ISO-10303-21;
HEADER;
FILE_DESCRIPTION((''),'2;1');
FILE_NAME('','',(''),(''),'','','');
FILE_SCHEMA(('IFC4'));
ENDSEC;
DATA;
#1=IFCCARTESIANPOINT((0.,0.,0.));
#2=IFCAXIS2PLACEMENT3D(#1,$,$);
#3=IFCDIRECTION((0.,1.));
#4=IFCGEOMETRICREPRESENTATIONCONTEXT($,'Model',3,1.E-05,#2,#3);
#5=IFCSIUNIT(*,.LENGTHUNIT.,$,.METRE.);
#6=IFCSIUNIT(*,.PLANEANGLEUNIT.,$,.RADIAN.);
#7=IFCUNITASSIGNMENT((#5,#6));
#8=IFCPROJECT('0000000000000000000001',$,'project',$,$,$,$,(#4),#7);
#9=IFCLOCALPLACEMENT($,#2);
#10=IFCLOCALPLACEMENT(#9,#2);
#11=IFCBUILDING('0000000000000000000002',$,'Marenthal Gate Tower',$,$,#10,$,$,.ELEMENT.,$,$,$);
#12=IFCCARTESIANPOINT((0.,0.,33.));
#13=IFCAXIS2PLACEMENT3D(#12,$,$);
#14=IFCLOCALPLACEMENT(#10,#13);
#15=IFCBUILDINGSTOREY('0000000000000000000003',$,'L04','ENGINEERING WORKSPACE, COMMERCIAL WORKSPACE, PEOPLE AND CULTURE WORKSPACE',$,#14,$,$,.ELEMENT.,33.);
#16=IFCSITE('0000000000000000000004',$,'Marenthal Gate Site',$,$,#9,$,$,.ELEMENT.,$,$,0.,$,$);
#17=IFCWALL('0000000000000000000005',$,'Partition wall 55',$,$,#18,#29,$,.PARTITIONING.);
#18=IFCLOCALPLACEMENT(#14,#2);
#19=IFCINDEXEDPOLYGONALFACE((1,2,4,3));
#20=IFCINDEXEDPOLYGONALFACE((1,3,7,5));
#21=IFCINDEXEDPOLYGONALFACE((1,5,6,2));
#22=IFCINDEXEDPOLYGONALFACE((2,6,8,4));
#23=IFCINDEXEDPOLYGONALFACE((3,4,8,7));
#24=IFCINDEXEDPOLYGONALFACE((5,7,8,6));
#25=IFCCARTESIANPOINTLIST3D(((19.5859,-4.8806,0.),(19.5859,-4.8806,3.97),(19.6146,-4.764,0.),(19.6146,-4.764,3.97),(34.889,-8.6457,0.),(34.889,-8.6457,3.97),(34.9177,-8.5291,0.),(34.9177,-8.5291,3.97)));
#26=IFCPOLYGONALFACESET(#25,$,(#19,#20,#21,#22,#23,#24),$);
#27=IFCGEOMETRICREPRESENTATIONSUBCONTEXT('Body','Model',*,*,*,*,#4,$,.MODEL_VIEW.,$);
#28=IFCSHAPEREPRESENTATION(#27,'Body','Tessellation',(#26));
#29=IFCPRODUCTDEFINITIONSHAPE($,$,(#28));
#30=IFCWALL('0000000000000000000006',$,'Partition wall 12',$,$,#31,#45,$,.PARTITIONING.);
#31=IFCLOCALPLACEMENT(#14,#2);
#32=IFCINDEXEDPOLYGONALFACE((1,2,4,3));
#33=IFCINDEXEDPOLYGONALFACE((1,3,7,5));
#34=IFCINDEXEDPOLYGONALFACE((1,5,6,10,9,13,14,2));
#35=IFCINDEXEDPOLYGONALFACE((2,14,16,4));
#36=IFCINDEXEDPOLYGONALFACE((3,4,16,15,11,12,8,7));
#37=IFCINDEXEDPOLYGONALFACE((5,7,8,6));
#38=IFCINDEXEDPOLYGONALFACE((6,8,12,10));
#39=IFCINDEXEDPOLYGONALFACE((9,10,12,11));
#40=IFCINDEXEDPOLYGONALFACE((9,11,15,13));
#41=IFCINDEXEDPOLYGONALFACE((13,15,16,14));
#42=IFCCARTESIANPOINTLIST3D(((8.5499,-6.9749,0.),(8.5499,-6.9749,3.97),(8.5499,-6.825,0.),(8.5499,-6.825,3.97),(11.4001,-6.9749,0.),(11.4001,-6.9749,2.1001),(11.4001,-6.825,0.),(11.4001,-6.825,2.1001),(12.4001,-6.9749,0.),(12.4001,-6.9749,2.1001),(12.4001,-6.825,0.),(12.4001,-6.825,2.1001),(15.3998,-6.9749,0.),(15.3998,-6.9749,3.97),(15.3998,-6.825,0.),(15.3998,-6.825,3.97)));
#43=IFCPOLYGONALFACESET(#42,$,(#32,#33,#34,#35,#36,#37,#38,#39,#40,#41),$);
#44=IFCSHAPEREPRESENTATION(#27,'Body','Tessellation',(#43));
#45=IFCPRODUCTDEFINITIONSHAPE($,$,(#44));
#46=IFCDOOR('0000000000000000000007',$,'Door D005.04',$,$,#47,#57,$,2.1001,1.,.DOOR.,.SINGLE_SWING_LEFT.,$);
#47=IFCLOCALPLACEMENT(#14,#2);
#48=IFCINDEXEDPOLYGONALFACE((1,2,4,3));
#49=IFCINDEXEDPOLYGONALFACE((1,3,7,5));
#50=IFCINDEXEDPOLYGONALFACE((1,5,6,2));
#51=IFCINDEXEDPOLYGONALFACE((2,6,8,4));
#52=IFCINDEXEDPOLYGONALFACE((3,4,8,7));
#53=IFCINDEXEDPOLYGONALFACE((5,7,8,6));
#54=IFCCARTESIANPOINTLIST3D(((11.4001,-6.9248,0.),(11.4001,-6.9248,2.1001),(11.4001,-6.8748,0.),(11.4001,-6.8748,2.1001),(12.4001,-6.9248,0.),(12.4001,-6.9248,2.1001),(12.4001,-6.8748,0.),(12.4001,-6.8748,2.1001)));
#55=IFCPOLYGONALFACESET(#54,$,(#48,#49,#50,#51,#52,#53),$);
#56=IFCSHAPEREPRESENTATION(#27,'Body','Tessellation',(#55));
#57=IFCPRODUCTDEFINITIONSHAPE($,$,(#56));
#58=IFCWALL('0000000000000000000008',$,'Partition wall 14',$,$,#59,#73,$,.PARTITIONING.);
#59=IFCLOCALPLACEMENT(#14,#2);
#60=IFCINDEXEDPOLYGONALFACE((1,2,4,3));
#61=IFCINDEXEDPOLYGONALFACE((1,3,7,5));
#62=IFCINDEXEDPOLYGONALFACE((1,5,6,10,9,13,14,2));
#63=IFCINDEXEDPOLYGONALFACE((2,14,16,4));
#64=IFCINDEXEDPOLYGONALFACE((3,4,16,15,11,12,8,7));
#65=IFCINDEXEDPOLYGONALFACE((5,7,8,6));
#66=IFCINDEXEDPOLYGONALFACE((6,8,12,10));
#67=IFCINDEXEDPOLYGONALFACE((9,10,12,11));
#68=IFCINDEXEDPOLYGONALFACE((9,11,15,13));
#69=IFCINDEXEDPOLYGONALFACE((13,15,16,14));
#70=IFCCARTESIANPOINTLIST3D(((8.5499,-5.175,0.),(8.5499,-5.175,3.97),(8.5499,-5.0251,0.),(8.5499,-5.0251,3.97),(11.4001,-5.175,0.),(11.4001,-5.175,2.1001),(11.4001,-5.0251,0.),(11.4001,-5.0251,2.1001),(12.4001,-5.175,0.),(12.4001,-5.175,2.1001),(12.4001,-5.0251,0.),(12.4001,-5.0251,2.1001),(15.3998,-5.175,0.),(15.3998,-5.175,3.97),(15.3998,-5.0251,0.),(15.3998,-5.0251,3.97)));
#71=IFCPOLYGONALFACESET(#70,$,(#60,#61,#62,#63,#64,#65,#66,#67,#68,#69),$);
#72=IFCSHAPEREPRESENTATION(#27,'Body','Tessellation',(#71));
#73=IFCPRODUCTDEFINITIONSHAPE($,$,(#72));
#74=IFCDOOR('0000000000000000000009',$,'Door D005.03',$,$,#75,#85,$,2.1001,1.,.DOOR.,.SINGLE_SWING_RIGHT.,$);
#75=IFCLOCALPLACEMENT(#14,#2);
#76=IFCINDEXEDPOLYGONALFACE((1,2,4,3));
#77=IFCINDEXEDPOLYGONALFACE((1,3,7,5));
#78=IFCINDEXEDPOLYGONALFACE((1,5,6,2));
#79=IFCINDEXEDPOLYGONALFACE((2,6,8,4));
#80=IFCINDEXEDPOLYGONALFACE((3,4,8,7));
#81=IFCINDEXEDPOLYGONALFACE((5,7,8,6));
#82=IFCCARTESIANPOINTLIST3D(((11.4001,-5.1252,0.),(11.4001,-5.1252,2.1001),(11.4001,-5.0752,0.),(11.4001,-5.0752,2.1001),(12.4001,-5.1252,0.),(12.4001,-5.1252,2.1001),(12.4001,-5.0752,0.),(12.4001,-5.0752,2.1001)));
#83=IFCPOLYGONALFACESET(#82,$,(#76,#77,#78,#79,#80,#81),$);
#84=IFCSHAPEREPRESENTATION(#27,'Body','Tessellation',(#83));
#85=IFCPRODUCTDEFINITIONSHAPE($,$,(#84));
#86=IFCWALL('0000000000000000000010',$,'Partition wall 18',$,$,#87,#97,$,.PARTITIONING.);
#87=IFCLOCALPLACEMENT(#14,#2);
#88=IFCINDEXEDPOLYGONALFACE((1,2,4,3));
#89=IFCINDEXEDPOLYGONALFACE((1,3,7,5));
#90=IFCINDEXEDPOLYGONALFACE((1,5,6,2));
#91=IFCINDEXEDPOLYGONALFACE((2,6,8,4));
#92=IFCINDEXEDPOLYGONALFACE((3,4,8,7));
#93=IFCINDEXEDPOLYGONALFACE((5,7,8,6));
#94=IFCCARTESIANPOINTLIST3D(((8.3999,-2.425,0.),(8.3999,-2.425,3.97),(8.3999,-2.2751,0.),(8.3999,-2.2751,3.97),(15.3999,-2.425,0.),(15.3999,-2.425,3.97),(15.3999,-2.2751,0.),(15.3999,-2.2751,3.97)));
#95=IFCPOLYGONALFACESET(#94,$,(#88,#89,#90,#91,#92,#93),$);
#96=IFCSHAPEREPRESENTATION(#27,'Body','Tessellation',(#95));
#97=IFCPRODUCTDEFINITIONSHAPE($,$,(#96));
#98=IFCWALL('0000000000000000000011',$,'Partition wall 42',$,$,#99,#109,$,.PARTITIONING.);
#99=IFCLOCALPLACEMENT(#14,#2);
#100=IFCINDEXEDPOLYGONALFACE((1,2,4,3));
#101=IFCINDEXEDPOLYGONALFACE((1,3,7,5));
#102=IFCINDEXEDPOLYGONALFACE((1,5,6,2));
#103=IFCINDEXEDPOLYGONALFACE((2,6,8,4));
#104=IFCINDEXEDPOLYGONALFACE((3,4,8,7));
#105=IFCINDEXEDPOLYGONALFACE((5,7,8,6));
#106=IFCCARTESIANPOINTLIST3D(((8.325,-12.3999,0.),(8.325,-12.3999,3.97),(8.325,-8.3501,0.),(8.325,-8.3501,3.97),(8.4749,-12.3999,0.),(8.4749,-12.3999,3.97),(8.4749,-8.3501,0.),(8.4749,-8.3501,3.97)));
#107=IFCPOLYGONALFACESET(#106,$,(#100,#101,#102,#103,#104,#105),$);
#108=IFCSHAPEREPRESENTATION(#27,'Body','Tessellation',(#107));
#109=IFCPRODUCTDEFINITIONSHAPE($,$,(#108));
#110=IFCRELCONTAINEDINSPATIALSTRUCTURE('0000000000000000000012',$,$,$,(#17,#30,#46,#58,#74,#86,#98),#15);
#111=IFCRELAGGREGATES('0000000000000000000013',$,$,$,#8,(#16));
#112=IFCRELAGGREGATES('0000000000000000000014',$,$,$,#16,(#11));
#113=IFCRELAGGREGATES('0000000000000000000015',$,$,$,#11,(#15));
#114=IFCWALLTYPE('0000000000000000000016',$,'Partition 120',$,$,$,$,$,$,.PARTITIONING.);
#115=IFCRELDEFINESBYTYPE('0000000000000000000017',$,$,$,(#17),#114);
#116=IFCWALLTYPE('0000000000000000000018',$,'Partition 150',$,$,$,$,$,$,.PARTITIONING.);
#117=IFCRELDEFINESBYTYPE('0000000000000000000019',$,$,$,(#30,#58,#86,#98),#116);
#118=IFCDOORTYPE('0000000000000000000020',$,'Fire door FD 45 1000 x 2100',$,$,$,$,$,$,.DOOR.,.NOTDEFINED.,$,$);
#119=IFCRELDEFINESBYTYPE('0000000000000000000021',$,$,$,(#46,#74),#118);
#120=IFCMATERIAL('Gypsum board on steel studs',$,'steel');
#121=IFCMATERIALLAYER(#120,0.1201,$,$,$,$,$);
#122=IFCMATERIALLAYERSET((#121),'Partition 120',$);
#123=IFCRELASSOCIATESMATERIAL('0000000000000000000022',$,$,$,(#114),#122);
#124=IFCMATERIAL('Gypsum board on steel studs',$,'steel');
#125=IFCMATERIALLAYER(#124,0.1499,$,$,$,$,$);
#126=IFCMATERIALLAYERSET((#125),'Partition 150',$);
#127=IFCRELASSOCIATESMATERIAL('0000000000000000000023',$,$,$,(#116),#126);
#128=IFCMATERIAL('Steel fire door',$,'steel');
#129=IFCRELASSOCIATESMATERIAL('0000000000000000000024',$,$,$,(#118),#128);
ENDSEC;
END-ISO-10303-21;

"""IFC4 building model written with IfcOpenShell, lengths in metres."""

from ifc_helpers import new_model, si_unit, direction, frame, frame_2d, origin, place, context, subcontext, project, spatial, rectangle, extrude, material, layer, layer_set, type_object, element, fill, save


model = new_model("IFC4")

# Units and contexts
model_context = context("Model", 3, precision=1e-05, world=origin(), true_north=direction((0.0, 1.0)))
body_context = subcontext(model_context, "Body", "Model", "MODEL_VIEW")
ifc_project = project(units=[si_unit("LENGTHUNIT", "METRE"), si_unit("PLANEANGLEUNIT", "RADIAN")], contexts=[model_context])

# Site, building, storey
site_placement = place(None, origin())
site = spatial("IfcSite", under=ifc_project, at=site_placement, Name="Marenthal Gate Site", CompositionType="ELEMENT", RefElevation=0.0)
building_placement = place(site_placement, origin())
building = spatial("IfcBuilding", under=site, at=building_placement, Name="Marenthal Gate Tower", CompositionType="ELEMENT")
storey_placement = place(building_placement, frame((0.0, 0.0, 33.0)))
storey = spatial("IfcBuildingStorey", under=building, at=storey_placement, Name="L04", Description="ENGINEERING WORKSPACE, COMMERCIAL WORKSPACE, PEOPLE AND CULTURE WORKSPACE", CompositionType="ELEMENT", Elevation=33.0)

# Wall
ifc_material_1 = material(Name="Gypsum board on steel studs", Category="steel")
ifc_layer_1 = layer(ifc_material_1, 0.1201)
ifc_layer_set_1 = layer_set([ifc_layer_1], Name="Partition 120")
wall_type_1 = type_object("IfcWallType", Name="Partition 120", PredefinedType="PARTITIONING", material=ifc_layer_set_1)
wall_1_placement = place(storey_placement, frame((19.6001, -4.8223, 0.0), z_axis=(0.0, 0.0, 1.0), x_axis=(0.971042, -0.238911, 0.0)))
element("IfcWall", 1, at=wall_1_placement, inside=storey, type_object=wall_type_1, Name="Partition wall 55", PredefinedType="PARTITIONING", context=body_context, shape_type="SweptSolid", body=[
    extrude(rectangle(XDim=15.7595, YDim=0.1201, at=frame_2d((7.8799, 0.0))), origin(), (0.0, 0.0, 1.0), 3.97),
])

# Walls, openings, doors
ifc_material_2 = material(Name="Gypsum board on steel studs", Category="steel")
ifc_layer_2 = layer(ifc_material_2, 0.1499)
ifc_layer_set_2 = layer_set([ifc_layer_2], Name="Partition 150")
wall_type_2 = type_object("IfcWallType", Name="Partition 150", PredefinedType="PARTITIONING", material=ifc_layer_set_2)
wall_2_placement = place(storey_placement, frame((8.55, -6.8999, 0.0), z_axis=(0.0, 0.0, 1.0), x_axis=(1.0, 0.0, 0.0)))
wall_2 = element("IfcWall", 2, at=wall_2_placement, inside=storey, type_object=wall_type_2, Name="Partition wall 12", PredefinedType="PARTITIONING", context=body_context, shape_type="SweptSolid", body=[
    extrude(rectangle(XDim=6.8499, YDim=0.1499, at=frame_2d((3.4248, 0.0))), origin(), (0.0, 0.0, 1.0), 3.97),
])
opening_1_placement = place(wall_2_placement, frame((2.8501, 0.0, 0.0)))
opening_1 = element("IfcOpeningElement", 3, at=opening_1_placement, cuts=wall_2, PredefinedType="OPENING", context=body_context, shape_type="SweptSolid", body=[
    extrude(rectangle(XDim=1.0, YDim=2.1001, at=frame_2d((0.5, 1.05))), frame((0.0, 0.085, 0.0), z_axis=(0.0, -1.0, 0.0), x_axis=(1.0, 0.0, 0.0)), (0.0, 0.0, 1.0), 0.1699),
])
ifc_material_3 = material(Name="Steel fire door", Category="steel")
door_type_1 = type_object("IfcDoorType", Name="Fire door FD 45 1000 x 2100", OperationType="NOTDEFINED", PredefinedType="DOOR", material=ifc_material_3)
door_1_placement = place(opening_1_placement, frame((1.0, 0.0, 0.0), z_axis=(0.0, 0.0, 1.0), x_axis=(-1.0, 0.0, 0.0)))
door_1 = element("IfcDoor", 4, at=door_1_placement, inside=storey, type_object=door_type_1, Name="Door D005.04", OperationType="SINGLE_SWING_LEFT", OverallHeight=2.1001, OverallWidth=1.0, PredefinedType="DOOR", context=body_context, shape_type="SweptSolid", body=[
    extrude(rectangle(XDim=1.0, YDim=2.1001, at=frame_2d((0.5, 1.05))), frame((0.0, 0.0249, 0.0), z_axis=(0.0, -1.0, 0.0), x_axis=(1.0, 0.0, 0.0)), (0.0, 0.0, 1.0), 0.05),
])
fill(opening_1, door_1)
wall_3_placement = place(storey_placement, frame((8.55, -5.1001, 0.0), z_axis=(0.0, 0.0, 1.0), x_axis=(1.0, 0.0, 0.0)))
wall_3 = element("IfcWall", 5, at=wall_3_placement, inside=storey, type_object=wall_type_2, Name="Partition wall 14", PredefinedType="PARTITIONING", context=body_context, shape_type="SweptSolid", body=[
    extrude(rectangle(XDim=6.8499, YDim=0.1499, at=frame_2d((3.4248, 0.0))), origin(), (0.0, 0.0, 1.0), 3.97),
])
opening_2_placement = place(wall_3_placement, frame((2.8501, 0.0, 0.0)))
opening_2 = element("IfcOpeningElement", 6, at=opening_2_placement, cuts=wall_3, PredefinedType="OPENING", context=body_context, shape_type="SweptSolid", body=[
    extrude(rectangle(XDim=1.0, YDim=2.1001, at=frame_2d((0.5, 1.05))), frame((0.0, 0.085, 0.0), z_axis=(0.0, -1.0, 0.0), x_axis=(1.0, 0.0, 0.0)), (0.0, 0.0, 1.0), 0.1699),
])
door_2_placement = place(opening_2_placement, origin())
door_2 = element("IfcDoor", 7, at=door_2_placement, inside=storey, type_object=door_type_1, Name="Door D005.03", OperationType="SINGLE_SWING_RIGHT", OverallHeight=2.1001, OverallWidth=1.0, PredefinedType="DOOR", context=body_context, shape_type="SweptSolid", body=[
    extrude(rectangle(XDim=1.0, YDim=2.1001, at=frame_2d((0.5, 1.05))), frame((0.0, 0.0249, 0.0), z_axis=(0.0, -1.0, 0.0), x_axis=(1.0, 0.0, 0.0)), (0.0, 0.0, 1.0), 0.05),
])
fill(opening_2, door_2)

# Walls
wall_4_placement = place(storey_placement, frame((8.3999, -2.3501, 0.0), z_axis=(0.0, 0.0, 1.0), x_axis=(1.0, 0.0, 0.0)))
element("IfcWall", 8, at=wall_4_placement, inside=storey, type_object=wall_type_2, Name="Partition wall 18", PredefinedType="PARTITIONING", context=body_context, shape_type="SweptSolid", body=[
    extrude(rectangle(XDim=7.0, YDim=0.1499, at=frame_2d((3.5, 0.0))), origin(), (0.0, 0.0, 1.0), 3.97),
])
wall_5_placement = place(storey_placement, frame((8.3999, -12.3999, 0.0), z_axis=(0.0, 0.0, 1.0), x_axis=(0.0, 1.0, 0.0)))
element("IfcWall", 9, at=wall_5_placement, inside=storey, type_object=wall_type_2, Name="Partition wall 42", PredefinedType="PARTITIONING", context=body_context, shape_type="SweptSolid", body=[
    extrude(rectangle(XDim=4.0498, YDim=0.1499, at=frame_2d((2.0249, 0.0))), origin(), (0.0, 0.0, 1.0), 3.97),
])

save(model, "model.ifc")
